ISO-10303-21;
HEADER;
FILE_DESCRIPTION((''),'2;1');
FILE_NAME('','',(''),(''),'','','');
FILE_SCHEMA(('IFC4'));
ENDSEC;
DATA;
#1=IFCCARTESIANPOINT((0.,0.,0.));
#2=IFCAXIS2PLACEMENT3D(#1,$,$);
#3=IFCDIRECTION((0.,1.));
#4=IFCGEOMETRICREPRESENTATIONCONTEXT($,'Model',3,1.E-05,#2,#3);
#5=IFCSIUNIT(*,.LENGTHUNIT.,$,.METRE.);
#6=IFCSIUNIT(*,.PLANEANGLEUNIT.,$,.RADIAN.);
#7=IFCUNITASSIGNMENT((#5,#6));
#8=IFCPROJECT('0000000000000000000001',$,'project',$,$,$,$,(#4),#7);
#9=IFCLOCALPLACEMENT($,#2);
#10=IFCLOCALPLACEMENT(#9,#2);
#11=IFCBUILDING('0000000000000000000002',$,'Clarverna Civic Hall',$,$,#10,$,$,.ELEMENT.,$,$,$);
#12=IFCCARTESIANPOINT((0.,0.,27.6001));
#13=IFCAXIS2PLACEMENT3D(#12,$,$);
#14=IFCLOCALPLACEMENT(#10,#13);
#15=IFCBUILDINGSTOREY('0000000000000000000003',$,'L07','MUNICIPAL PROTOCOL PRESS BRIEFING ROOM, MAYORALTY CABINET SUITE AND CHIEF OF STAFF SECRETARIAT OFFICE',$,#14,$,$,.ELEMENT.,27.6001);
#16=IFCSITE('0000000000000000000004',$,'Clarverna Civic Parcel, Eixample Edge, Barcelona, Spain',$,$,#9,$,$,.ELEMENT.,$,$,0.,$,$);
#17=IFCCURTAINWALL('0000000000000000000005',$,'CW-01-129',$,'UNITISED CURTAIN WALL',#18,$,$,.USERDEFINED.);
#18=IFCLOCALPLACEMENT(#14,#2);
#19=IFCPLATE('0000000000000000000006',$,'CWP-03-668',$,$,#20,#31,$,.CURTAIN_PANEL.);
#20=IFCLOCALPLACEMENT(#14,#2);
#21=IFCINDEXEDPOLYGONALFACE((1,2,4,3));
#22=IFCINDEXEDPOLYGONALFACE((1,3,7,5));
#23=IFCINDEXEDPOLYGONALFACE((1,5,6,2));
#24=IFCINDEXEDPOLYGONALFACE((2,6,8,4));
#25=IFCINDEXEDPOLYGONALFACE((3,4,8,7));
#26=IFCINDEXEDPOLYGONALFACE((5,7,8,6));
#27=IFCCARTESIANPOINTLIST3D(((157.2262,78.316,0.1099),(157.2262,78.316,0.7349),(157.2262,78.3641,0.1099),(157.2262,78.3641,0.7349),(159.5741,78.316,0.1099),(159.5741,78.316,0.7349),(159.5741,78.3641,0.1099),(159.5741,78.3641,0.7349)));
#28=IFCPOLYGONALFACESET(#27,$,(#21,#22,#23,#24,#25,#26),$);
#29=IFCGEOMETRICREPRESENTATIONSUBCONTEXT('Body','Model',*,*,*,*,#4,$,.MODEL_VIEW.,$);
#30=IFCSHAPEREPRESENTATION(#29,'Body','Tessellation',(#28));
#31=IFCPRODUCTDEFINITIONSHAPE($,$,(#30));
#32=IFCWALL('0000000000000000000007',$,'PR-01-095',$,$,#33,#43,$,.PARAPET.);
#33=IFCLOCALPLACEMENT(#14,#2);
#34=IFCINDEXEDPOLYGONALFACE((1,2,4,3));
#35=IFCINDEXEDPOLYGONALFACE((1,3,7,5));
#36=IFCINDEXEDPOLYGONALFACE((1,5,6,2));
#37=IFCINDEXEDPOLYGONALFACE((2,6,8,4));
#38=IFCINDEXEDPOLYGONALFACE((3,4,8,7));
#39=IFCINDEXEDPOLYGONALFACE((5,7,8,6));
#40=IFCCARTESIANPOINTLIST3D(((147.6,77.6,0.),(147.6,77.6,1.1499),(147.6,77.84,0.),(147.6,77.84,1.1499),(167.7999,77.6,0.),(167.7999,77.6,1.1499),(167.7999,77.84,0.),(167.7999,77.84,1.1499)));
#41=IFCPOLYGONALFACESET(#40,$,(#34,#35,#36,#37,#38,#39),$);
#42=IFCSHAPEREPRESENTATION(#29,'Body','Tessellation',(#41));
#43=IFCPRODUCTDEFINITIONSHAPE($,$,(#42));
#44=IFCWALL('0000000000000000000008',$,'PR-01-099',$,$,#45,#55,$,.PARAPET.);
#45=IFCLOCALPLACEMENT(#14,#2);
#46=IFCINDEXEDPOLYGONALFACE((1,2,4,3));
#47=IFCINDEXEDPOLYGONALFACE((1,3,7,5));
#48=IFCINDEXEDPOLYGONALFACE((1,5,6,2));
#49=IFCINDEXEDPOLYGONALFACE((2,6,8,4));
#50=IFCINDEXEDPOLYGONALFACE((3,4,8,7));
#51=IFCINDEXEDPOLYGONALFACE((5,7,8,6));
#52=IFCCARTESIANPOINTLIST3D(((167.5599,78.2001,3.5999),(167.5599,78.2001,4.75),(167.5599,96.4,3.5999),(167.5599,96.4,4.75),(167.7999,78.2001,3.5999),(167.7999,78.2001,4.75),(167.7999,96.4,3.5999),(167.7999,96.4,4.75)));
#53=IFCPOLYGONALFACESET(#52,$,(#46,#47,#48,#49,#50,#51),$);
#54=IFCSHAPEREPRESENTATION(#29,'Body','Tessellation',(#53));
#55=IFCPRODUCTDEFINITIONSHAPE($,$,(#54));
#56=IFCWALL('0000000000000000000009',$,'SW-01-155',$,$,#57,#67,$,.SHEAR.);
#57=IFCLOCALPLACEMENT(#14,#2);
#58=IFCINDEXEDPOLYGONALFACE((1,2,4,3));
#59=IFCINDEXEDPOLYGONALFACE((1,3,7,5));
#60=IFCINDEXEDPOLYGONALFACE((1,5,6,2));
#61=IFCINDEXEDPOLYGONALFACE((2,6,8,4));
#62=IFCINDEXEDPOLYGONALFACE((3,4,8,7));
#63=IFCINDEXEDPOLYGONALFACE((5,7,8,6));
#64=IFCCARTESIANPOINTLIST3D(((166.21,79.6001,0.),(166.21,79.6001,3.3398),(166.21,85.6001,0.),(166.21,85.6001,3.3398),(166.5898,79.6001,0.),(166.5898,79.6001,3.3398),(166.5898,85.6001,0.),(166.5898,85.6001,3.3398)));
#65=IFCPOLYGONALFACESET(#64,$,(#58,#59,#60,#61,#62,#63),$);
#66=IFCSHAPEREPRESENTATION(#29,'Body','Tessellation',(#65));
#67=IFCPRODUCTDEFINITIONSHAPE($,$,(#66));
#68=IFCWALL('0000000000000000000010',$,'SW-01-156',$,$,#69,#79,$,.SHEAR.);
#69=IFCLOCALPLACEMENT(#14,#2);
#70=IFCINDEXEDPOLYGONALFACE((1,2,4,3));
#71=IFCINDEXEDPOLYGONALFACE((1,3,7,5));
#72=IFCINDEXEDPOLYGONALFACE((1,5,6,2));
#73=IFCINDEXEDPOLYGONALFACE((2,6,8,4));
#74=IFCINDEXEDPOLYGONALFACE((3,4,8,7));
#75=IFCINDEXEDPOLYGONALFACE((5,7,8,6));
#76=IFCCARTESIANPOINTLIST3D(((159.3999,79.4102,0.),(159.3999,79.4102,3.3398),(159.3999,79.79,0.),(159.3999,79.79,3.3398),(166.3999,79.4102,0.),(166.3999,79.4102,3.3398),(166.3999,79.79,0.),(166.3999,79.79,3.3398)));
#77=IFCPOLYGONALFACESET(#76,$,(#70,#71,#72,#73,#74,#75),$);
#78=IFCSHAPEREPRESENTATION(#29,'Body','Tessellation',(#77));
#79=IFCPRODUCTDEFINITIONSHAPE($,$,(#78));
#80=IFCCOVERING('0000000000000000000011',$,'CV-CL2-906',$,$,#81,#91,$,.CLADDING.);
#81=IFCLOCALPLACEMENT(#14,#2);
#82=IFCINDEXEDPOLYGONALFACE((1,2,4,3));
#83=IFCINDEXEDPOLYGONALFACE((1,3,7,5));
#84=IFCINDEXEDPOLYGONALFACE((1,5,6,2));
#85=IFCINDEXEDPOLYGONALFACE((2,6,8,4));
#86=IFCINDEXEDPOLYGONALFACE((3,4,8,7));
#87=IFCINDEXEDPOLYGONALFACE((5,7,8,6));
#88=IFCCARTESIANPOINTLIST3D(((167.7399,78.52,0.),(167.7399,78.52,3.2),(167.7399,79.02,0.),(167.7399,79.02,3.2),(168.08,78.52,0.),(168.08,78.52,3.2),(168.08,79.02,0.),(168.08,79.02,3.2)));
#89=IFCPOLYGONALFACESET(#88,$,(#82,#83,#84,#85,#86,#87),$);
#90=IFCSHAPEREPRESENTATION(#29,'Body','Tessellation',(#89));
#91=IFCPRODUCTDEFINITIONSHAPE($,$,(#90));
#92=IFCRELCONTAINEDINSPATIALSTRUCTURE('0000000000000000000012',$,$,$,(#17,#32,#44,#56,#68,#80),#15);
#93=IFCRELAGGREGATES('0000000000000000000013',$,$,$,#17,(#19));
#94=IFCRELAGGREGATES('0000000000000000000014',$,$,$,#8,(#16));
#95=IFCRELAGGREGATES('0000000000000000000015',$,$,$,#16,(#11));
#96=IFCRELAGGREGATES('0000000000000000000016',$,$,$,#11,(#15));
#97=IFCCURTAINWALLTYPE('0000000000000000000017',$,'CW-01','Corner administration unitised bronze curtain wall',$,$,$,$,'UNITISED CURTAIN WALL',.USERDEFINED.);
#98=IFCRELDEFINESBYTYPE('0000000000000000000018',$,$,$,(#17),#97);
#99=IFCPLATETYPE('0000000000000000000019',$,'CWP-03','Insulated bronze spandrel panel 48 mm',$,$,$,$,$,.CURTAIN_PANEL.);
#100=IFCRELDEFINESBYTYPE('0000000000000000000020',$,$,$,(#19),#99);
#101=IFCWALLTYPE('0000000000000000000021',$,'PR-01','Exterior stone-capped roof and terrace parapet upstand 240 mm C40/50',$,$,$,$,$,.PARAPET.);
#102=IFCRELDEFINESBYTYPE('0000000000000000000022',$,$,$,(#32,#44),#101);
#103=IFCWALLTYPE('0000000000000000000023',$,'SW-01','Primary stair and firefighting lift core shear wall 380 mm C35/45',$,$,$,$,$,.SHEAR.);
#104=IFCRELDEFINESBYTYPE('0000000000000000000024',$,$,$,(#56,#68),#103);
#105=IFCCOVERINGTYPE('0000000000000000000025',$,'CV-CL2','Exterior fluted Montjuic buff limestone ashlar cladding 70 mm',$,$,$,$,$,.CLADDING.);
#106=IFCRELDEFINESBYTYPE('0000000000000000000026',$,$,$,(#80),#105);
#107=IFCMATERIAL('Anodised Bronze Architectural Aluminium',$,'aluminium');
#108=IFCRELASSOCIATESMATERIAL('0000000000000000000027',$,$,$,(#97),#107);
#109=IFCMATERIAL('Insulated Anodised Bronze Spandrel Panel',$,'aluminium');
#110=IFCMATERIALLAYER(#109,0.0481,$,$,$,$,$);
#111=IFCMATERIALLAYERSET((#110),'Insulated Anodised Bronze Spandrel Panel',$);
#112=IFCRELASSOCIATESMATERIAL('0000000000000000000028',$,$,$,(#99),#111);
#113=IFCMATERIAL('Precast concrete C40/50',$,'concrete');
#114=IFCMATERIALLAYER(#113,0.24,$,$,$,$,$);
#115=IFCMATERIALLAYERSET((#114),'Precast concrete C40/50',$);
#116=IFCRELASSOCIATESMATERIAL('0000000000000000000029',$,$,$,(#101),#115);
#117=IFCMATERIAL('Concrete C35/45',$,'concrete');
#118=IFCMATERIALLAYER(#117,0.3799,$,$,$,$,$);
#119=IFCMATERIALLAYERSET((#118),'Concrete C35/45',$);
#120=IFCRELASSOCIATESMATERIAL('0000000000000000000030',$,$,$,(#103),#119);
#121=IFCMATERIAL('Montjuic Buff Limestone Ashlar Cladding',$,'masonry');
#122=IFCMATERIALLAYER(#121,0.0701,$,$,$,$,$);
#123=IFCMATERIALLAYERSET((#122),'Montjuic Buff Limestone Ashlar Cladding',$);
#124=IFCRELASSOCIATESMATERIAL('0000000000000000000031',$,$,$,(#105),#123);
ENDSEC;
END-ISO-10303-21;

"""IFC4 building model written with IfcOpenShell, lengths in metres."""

from ifc_helpers import new_model, si_unit, direction, frame, frame_2d, origin, place, context, subcontext, project, spatial, rectangle, extrude, material, layer, layer_set, type_object, element, aggregate, save


model = new_model("IFC4")

# Units and contexts
model_context = context("Model", 3, precision=1e-05, world=origin(), true_north=direction((0.0, 1.0)))
body_context = subcontext(model_context, "Body", "Model", "MODEL_VIEW")
ifc_project = project(units=[si_unit("LENGTHUNIT", "METRE"), si_unit("PLANEANGLEUNIT", "RADIAN")], contexts=[model_context])

# Site, building, storey
site_placement = place(None, origin())
site = spatial("IfcSite", under=ifc_project, at=site_placement, Name="Clarverna Civic Parcel, Eixample Edge, Barcelona, Spain", CompositionType="ELEMENT", RefElevation=0.0)
building_placement = place(site_placement, origin())
building = spatial("IfcBuilding", under=site, at=building_placement, Name="Clarverna Civic Hall", CompositionType="ELEMENT")
storey_placement = place(building_placement, frame((0.0, 0.0, 27.6001)))
storey = spatial("IfcBuildingStorey", under=building, at=storey_placement, Name="L07", Description="MUNICIPAL PROTOCOL PRESS BRIEFING ROOM, MAYORALTY CABINET SUITE AND CHIEF OF STAFF SECRETARIAT OFFICE", CompositionType="ELEMENT", Elevation=27.6001)

# Shared definitions
ifc_material_1 = material(Name="Concrete C35/45", Category="concrete")

# Curtain wall
ifc_material_2 = material(Name="Anodised Bronze Architectural Aluminium", Category="aluminium")
curtain_wall_type = type_object("IfcCurtainWallType", Name="CW-01", Description="Corner administration unitised bronze curtain wall", ElementType="UNITISED CURTAIN WALL", PredefinedType="USERDEFINED", material=ifc_material_2)
curtain_wall_1_placement = place(storey_placement, origin())
curtain_wall_1 = element("IfcCurtainWall", 1, at=curtain_wall_1_placement, inside=storey, type_object=curtain_wall_type, Name="CW-01-129", ObjectType="UNITISED CURTAIN WALL", PredefinedType="USERDEFINED")

# Plate
ifc_material_3 = material(Name="Insulated Anodised Bronze Spandrel Panel", Category="aluminium")
ifc_layer_1 = layer(ifc_material_3, 0.0481)
ifc_layer_set_1 = layer_set([ifc_layer_1], Name="Insulated Anodised Bronze Spandrel Panel")
plate_type_1 = type_object("IfcPlateType", Name="CWP-03", Description="Insulated bronze spandrel panel 48 mm", PredefinedType="CURTAIN_PANEL", material=ifc_layer_set_1)
plate_1_placement = place(storey_placement, frame((159.574, 78.3401, 0.1099), z_axis=(0.0, 0.0, 1.0), x_axis=(-1.0, 0.0, 0.0)))
plate_1 = element("IfcPlate", 2, at=plate_1_placement, type_object=plate_type_1, Name="CWP-03-668", PredefinedType="CURTAIN_PANEL", context=body_context, shape_type="SweptSolid", body=[
    extrude(rectangle(XDim=2.3479, YDim=0.0481, at=frame_2d((1.1738, 0.0))), origin(), (0.0, 0.0, 1.0), 0.625),
])
aggregate(curtain_wall_1, [plate_1])

# Walls
ifc_material_4 = material(Name="Precast concrete C40/50", Category="concrete")
ifc_layer_2 = layer(ifc_material_4, 0.24)
ifc_layer_set_2 = layer_set([ifc_layer_2], Name="Precast concrete C40/50")
wall_type_1 = type_object("IfcWallType", Name="PR-01", Description="Exterior stone-capped roof and terrace parapet upstand 240 mm C40/50", PredefinedType="PARAPET", material=ifc_layer_set_2)
wall_1_placement = place(storey_placement, frame((167.8, 77.72, 0.0), z_axis=(0.0, 0.0, 1.0), x_axis=(-1.0, 0.0, 0.0)))
element("IfcWall", 3, at=wall_1_placement, inside=storey, type_object=wall_type_1, Name="PR-01-095", PredefinedType="PARAPET", context=body_context, shape_type="SweptSolid", body=[
    extrude(rectangle(XDim=20.2, YDim=0.24, at=frame_2d((10.1001, 0.0))), origin(), (0.0, 0.0, 1.0), 1.1499),
])
wall_2_placement = place(storey_placement, frame((167.6799, 78.2, 3.5999), z_axis=(0.0, 0.0, 1.0), x_axis=(0.0, 1.0, 0.0)))
element("IfcWall", 4, at=wall_2_placement, inside=storey, type_object=wall_type_1, Name="PR-01-099", PredefinedType="PARAPET", context=body_context, shape_type="SweptSolid", body=[
    extrude(rectangle(XDim=18.2, YDim=0.24, at=frame_2d((9.1001, 0.0))), origin(), (0.0, 0.0, 1.0), 1.1501),
])

# Shared definitions
ifc_layer_3 = layer(ifc_material_1, 0.3799)
ifc_layer_set_3 = layer_set([ifc_layer_3], Name="Concrete C35/45")
wall_type_2 = type_object("IfcWallType", Name="SW-01", Description="Primary stair and firefighting lift core shear wall 380 mm C35/45", PredefinedType="SHEAR", material=ifc_layer_set_3)

# Walls
wall_3_placement = place(storey_placement, frame((166.3999, 79.6001, 0.0), z_axis=(0.0, 0.0, 1.0), x_axis=(0.0, 1.0, 0.0)))
element("IfcWall", 5, at=wall_3_placement, inside=storey, type_object=wall_type_2, Name="SW-01-155", PredefinedType="SHEAR", context=body_context, shape_type="SweptSolid", body=[
    extrude(rectangle(XDim=6.0, YDim=0.3799, at=frame_2d((3.0, 0.0))), origin(), (0.0, 0.0, 1.0), 3.3398),
])
wall_4_placement = place(storey_placement, frame((159.3999, 79.6001, 0.0), z_axis=(0.0, 0.0, 1.0), x_axis=(1.0, 0.0, 0.0)))
element("IfcWall", 6, at=wall_4_placement, inside=storey, type_object=wall_type_2, Name="SW-01-156", PredefinedType="SHEAR", context=body_context, shape_type="SweptSolid", body=[
    extrude(rectangle(XDim=7.0, YDim=0.3799, at=frame_2d((3.5, 0.0))), origin(), (0.0, 0.0, 1.0), 3.3398),
])

# Covering
ifc_material_5 = material(Name="Montjuic Buff Limestone Ashlar Cladding", Category="masonry")
ifc_layer_4 = layer(ifc_material_5, 0.0701)
ifc_layer_set_4 = layer_set([ifc_layer_4], Name="Montjuic Buff Limestone Ashlar Cladding")
covering_type = type_object("IfcCoveringType", Name="CV-CL2", Description="Exterior fluted Montjuic buff limestone ashlar cladding 70 mm", PredefinedType="CLADDING", material=ifc_layer_set_4)
covering_placement = place(storey_placement, frame((167.9099, 79.02, 0.0), z_axis=(0.0, 0.0, 1.0), x_axis=(0.0, -1.0, 0.0)))
element("IfcCovering", 7, at=covering_placement, inside=storey, type_object=covering_type, Name="CV-CL2-906", PredefinedType="CLADDING", context=body_context, shape_type="SweptSolid", body=[
    extrude(rectangle(XDim=0.5, YDim=0.3401, at=frame_2d((0.25, 0.0))), origin(), (0.0, 0.0, 1.0), 3.2),
])

save(model, "model.ifc")
